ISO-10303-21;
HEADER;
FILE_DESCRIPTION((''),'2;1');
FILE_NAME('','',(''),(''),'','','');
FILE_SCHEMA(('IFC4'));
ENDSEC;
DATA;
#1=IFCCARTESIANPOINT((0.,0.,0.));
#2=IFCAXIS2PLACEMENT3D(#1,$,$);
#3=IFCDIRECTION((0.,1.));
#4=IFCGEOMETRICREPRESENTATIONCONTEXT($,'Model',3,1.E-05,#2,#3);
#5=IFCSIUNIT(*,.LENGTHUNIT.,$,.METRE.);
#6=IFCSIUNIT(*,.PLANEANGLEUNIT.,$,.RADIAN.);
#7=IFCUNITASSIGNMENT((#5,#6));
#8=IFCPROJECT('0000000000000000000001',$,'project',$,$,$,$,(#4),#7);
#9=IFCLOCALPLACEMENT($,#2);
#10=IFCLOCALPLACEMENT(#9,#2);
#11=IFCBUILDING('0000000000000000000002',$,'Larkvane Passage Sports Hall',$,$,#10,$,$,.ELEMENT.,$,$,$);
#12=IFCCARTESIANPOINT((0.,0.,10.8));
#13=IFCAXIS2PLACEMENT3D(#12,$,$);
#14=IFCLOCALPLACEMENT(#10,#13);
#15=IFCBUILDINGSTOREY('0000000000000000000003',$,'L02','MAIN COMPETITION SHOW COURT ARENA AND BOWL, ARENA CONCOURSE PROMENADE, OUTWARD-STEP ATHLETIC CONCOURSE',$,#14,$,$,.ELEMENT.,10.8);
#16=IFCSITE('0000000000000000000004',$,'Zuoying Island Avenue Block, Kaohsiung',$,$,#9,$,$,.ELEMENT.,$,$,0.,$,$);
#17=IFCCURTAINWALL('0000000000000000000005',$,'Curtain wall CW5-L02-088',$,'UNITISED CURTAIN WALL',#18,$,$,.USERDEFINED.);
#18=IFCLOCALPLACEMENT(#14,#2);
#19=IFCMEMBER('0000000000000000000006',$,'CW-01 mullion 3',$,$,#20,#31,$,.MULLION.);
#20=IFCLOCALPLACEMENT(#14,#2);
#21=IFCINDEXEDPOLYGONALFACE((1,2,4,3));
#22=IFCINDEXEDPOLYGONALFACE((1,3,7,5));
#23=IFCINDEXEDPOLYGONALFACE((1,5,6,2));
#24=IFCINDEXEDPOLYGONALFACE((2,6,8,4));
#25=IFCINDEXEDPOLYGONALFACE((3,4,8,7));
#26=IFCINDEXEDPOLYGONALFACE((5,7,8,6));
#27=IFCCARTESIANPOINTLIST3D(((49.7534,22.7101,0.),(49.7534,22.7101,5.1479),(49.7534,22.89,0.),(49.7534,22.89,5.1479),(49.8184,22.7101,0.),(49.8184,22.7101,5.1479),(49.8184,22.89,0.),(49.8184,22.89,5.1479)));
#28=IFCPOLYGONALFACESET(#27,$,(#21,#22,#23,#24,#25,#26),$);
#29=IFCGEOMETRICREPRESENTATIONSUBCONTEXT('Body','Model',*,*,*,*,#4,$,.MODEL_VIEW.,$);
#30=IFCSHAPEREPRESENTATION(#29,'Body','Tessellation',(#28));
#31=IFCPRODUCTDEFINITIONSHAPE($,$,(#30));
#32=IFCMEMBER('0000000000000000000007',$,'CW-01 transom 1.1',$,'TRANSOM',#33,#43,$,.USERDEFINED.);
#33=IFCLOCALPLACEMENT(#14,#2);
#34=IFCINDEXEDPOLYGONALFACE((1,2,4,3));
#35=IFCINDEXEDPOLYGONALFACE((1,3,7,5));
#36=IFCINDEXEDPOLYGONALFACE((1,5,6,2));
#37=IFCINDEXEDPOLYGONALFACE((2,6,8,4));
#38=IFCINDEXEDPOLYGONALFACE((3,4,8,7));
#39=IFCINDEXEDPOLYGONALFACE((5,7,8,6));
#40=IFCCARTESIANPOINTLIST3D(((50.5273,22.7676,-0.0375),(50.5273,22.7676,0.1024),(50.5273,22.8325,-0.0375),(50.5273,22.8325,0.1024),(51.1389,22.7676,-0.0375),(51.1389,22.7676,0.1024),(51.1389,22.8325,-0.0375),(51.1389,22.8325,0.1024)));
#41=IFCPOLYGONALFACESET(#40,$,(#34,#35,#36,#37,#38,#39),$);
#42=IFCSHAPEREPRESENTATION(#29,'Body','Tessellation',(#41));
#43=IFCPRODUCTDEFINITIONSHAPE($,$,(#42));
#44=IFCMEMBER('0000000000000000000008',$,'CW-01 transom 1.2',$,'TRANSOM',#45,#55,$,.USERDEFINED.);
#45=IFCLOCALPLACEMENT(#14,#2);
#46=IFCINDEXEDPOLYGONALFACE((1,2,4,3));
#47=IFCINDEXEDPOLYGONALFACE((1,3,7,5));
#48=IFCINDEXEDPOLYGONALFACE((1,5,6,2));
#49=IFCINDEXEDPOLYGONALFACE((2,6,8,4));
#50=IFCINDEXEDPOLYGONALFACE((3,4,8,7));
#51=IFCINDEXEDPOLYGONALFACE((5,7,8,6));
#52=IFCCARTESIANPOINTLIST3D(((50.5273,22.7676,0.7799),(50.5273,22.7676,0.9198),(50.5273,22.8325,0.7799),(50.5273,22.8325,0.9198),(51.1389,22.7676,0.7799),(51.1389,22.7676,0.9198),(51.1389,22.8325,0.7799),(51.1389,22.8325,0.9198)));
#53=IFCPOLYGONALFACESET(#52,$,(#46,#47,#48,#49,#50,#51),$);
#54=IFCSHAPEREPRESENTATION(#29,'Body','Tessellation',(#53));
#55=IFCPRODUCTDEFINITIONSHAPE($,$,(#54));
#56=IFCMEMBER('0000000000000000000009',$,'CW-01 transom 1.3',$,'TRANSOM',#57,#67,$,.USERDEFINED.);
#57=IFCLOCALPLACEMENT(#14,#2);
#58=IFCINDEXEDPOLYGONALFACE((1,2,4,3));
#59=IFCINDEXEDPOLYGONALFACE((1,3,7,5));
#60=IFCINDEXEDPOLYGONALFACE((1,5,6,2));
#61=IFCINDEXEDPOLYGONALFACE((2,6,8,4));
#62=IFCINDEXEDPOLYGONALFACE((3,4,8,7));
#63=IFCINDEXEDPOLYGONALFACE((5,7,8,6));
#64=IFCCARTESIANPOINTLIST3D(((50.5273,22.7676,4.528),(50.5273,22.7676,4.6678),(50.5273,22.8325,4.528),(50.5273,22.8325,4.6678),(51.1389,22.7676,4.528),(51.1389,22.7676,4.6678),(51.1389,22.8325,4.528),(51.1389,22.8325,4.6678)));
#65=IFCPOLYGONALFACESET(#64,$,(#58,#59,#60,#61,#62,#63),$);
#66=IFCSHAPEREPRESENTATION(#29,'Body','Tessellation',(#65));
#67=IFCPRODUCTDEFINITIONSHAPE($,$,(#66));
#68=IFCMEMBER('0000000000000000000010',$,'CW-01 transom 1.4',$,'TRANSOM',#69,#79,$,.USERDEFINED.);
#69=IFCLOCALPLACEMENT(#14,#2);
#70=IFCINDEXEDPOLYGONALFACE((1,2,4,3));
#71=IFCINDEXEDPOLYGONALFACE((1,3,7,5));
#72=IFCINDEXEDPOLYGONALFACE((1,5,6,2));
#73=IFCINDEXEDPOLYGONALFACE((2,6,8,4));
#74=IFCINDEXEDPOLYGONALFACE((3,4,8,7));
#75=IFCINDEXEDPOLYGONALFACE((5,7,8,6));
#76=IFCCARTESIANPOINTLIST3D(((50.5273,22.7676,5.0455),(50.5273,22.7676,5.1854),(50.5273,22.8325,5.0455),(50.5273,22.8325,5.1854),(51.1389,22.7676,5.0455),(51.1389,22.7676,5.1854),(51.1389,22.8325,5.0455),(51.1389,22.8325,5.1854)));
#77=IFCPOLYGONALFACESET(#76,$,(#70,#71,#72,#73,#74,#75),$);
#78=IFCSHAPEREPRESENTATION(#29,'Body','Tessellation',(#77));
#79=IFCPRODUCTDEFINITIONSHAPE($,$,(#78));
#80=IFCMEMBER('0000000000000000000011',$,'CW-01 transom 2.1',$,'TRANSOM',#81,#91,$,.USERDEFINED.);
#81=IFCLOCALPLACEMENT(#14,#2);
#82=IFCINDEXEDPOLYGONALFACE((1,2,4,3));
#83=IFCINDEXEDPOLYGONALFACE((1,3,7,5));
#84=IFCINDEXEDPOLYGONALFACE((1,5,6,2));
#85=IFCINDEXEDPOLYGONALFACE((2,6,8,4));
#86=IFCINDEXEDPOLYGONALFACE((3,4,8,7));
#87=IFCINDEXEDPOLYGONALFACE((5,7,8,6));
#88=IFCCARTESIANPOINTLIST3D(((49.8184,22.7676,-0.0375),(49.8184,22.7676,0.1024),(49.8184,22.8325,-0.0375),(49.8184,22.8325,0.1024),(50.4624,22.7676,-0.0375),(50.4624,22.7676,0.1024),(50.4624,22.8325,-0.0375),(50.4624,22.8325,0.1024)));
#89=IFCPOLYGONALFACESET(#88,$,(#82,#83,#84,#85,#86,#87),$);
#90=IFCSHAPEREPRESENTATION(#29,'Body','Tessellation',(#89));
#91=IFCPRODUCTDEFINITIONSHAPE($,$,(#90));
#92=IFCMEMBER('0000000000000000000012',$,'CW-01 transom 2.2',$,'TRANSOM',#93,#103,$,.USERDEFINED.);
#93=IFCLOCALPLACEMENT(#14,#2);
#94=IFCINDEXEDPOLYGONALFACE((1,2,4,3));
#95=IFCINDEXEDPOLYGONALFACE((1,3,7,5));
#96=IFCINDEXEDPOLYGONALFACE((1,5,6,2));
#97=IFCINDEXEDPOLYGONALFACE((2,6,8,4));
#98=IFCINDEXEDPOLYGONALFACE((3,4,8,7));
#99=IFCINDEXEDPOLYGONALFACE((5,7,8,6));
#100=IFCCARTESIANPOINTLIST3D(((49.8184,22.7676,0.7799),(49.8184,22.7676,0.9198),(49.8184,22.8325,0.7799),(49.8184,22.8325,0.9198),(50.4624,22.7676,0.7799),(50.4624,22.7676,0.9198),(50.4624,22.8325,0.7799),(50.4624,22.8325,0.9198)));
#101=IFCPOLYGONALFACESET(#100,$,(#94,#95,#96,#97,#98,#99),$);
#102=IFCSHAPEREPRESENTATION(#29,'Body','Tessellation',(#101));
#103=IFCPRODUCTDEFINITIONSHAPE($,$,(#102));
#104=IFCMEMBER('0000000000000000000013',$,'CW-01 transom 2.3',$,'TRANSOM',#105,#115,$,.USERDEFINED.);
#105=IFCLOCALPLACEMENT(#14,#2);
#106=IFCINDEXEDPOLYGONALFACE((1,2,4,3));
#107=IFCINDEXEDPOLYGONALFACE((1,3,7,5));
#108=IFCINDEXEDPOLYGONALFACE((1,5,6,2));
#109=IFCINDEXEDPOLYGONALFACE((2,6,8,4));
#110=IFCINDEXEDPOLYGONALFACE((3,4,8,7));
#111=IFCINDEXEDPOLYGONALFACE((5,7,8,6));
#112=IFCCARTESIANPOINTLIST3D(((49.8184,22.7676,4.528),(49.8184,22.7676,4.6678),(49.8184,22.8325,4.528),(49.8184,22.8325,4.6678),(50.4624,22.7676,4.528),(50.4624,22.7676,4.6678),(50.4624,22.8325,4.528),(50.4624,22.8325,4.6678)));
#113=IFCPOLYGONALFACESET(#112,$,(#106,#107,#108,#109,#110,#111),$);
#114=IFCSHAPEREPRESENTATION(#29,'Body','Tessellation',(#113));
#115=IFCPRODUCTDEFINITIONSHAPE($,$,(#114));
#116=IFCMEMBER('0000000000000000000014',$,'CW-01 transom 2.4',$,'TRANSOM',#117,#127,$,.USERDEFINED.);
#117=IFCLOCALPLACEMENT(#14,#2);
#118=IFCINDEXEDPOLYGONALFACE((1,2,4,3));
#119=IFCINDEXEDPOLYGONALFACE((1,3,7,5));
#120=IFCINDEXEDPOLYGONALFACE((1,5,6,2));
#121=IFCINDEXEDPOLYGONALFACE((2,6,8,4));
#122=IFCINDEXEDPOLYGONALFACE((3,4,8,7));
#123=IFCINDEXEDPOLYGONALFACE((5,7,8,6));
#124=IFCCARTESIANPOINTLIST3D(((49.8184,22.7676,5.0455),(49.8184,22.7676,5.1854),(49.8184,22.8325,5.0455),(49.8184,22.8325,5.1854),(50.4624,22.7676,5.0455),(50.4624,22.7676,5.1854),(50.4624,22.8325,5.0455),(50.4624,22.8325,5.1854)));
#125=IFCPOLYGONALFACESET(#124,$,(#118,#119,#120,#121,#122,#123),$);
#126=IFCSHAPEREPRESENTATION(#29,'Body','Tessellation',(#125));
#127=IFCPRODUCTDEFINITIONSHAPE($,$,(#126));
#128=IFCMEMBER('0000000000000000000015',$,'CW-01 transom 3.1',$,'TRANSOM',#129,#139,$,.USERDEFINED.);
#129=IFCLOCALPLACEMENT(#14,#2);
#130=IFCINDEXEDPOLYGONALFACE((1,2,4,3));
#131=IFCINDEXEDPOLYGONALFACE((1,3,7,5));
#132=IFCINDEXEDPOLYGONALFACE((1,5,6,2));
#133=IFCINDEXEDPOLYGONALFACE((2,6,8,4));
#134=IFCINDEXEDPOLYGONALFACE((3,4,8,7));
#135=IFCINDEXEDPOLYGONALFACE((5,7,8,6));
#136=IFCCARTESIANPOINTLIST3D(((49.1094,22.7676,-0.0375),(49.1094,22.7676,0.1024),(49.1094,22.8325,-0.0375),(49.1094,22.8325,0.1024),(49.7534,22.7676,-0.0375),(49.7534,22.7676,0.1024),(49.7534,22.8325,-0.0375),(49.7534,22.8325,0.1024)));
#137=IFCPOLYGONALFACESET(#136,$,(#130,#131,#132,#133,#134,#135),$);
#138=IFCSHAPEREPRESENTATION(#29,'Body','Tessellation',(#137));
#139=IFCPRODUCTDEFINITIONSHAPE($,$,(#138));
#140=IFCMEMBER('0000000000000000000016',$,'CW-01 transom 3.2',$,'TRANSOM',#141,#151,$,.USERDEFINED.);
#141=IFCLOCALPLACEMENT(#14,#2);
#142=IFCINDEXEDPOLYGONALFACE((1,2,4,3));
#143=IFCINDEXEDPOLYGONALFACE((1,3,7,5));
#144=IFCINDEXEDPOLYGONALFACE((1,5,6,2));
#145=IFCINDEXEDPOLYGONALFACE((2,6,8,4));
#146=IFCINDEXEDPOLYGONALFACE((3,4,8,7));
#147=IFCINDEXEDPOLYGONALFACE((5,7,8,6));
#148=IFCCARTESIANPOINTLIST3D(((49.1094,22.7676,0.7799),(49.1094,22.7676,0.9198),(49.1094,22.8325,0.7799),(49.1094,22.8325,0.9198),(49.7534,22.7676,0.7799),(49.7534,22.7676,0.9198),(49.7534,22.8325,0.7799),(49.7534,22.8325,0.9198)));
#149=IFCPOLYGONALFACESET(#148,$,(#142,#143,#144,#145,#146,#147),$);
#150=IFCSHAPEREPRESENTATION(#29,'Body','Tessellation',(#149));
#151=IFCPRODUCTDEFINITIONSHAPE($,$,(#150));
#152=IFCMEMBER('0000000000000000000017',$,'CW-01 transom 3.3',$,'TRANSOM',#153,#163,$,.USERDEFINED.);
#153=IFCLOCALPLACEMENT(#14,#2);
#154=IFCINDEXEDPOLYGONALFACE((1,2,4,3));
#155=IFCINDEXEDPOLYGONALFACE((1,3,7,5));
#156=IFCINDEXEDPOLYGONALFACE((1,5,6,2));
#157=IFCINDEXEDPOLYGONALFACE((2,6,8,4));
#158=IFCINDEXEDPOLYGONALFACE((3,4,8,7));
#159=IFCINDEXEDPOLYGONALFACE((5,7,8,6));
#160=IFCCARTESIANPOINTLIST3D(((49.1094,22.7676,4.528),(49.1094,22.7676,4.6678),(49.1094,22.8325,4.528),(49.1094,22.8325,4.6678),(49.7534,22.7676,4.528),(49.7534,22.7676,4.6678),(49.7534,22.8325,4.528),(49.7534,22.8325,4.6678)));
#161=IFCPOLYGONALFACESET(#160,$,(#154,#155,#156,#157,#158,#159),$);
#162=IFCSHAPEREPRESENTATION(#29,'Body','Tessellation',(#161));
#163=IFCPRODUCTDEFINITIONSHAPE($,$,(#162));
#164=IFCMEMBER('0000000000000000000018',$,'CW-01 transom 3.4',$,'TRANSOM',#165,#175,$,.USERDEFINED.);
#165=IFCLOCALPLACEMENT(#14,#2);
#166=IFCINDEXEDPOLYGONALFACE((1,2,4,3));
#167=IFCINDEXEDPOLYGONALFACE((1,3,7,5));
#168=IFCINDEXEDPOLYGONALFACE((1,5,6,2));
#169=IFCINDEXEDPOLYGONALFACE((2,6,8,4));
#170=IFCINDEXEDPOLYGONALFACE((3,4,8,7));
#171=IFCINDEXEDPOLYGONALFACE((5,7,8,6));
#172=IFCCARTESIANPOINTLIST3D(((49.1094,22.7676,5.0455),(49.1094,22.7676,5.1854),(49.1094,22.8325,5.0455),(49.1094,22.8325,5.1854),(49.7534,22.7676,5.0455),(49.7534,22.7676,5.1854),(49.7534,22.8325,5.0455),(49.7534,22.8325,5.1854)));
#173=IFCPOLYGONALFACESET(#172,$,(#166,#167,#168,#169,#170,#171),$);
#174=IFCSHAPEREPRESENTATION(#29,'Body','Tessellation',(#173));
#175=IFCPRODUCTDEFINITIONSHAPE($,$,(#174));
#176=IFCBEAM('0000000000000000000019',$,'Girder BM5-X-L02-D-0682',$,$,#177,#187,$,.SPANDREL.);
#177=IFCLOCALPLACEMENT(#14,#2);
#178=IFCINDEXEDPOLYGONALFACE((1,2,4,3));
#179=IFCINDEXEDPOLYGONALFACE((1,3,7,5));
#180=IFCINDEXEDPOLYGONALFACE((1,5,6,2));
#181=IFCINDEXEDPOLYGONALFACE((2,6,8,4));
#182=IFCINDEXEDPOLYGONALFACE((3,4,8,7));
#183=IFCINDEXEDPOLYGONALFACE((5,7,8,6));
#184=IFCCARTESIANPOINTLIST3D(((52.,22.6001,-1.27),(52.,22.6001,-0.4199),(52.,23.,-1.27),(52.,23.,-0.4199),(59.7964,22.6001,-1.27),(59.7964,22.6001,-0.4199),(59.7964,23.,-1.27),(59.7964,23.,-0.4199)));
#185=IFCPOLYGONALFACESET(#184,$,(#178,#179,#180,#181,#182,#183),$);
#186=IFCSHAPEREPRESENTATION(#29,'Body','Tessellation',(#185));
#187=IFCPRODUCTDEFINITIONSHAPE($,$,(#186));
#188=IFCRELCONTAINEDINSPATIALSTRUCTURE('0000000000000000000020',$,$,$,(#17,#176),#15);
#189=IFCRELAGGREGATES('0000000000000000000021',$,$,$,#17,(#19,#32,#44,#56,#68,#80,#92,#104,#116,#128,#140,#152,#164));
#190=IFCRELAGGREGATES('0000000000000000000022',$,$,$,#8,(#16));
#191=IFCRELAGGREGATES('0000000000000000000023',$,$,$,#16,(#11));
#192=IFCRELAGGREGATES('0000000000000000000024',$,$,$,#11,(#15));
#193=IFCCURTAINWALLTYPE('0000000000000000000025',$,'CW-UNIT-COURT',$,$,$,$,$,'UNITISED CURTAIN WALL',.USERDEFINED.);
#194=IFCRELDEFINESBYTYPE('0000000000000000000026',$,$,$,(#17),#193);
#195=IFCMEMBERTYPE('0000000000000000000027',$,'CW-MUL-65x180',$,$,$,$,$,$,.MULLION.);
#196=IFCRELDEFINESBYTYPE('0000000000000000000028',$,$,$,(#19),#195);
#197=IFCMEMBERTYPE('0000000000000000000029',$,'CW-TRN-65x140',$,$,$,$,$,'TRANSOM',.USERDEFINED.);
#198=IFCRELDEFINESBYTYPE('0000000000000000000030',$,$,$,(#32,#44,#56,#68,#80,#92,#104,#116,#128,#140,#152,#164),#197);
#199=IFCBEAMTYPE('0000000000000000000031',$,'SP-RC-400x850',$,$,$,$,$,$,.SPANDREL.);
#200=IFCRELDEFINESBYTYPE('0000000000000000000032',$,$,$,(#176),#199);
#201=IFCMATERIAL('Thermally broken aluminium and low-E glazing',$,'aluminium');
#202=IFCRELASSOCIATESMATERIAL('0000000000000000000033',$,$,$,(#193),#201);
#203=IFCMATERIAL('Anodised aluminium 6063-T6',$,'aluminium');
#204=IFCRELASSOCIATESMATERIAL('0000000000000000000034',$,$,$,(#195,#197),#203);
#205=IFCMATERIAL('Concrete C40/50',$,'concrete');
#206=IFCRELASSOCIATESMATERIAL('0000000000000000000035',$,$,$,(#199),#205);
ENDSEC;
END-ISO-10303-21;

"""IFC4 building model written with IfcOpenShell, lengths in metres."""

from ifc_helpers import new_model, si_unit, direction, frame, origin, origin_2d, place, context, subcontext, project, spatial, rectangle, extrude, material, material_profile, profile_set, type_object, element, aggregate, save


model = new_model("IFC4")

# Units and contexts
model_context = context("Model", 3, precision=1e-05, world=origin(), true_north=direction((0.0, 1.0)))
body_context = subcontext(model_context, "Body", "Model", "MODEL_VIEW")
ifc_project = project(units=[si_unit("LENGTHUNIT", "METRE"), si_unit("PLANEANGLEUNIT", "RADIAN")], contexts=[model_context])

# Site, building, storey
site_placement = place(None, origin())
site = spatial("IfcSite", under=ifc_project, at=site_placement, Name="Zuoying Island Avenue Block, Kaohsiung", CompositionType="ELEMENT", RefElevation=0.0)
building_placement = place(site_placement, origin())
building = spatial("IfcBuilding", under=site, at=building_placement, Name="Larkvane Passage Sports Hall", CompositionType="ELEMENT")
storey_placement = place(building_placement, frame((0.0, 0.0, 10.8)))
storey = spatial("IfcBuildingStorey", under=building, at=storey_placement, Name="L02", Description="MAIN COMPETITION SHOW COURT ARENA AND BOWL, ARENA CONCOURSE PROMENADE, OUTWARD-STEP ATHLETIC CONCOURSE", CompositionType="ELEMENT", Elevation=10.8)

# Curtain wall, members
ifc_material_1 = material(Name="Thermally broken aluminium and low-E glazing", Category="aluminium")
curtain_wall_type = type_object("IfcCurtainWallType", Name="CW-UNIT-COURT", ElementType="UNITISED CURTAIN WALL", PredefinedType="USERDEFINED", material=ifc_material_1)
curtain_wall_placement = place(storey_placement, origin())
curtain_wall = element("IfcCurtainWall", 1, at=curtain_wall_placement, inside=storey, type_object=curtain_wall_type, Name="Curtain wall CW5-L02-088", ObjectType="UNITISED CURTAIN WALL", PredefinedType="USERDEFINED")
ifc_material_2 = material(Name="Anodised aluminium 6063-T6", Category="aluminium")
ifc_material_profile_1 = material_profile(ifc_material_2, rectangle(XDim=0.0649, YDim=0.1799, at=origin_2d()), Name="ALU-MUL-65x180")
ifc_profile_set_1 = profile_set([ifc_material_profile_1], Name="Anodised aluminium 6063-T6")
member_type_1 = type_object("IfcMemberType", Name="CW-MUL-65x180", PredefinedType="MULLION", material=ifc_profile_set_1)
member_1_placement = place(storey_placement, frame((49.7859, 22.8, 0.0), z_axis=(0.0, 0.0, 1.0), x_axis=(-1.0, 0.0, 0.0)))
member_1 = element("IfcMember", 2, at=member_1_placement, type_object=member_type_1, Name="CW-01 mullion 3", PredefinedType="MULLION", context=body_context, shape_type="SweptSolid", body=[
    extrude(rectangle(XDim=0.0649, YDim=0.1799, at=origin_2d()), origin(), (0.0, 0.0, 1.0), 5.1479),
])
ifc_material_profile_2 = material_profile(ifc_material_2, rectangle(XDim=0.0649, YDim=0.1399, at=origin_2d()), Name="ALU-TRN-65x140")
ifc_profile_set_2 = profile_set([ifc_material_profile_2], Name="Anodised aluminium 6063-T6")
member_type_2 = type_object("IfcMemberType", Name="CW-TRN-65x140", ElementType="TRANSOM", PredefinedType="USERDEFINED", material=ifc_profile_set_2)
member_2_placement = place(storey_placement, frame((51.1389, 22.8, 0.0325), z_axis=(-1.0, 0.0, 0.0), x_axis=(0.0, -1.0, 0.0)))
member_2 = element("IfcMember", 3, at=member_2_placement, type_object=member_type_2, Name="CW-01 transom 1.1", ObjectType="TRANSOM", PredefinedType="USERDEFINED", context=body_context, shape_type="SweptSolid", body=[
    extrude(rectangle(XDim=0.0649, YDim=0.1399, at=origin_2d()), origin(), (0.0, 0.0, 1.0), 0.6116),
])
member_3_placement = place(storey_placement, frame((51.1389, 22.8, 0.8499), z_axis=(-1.0, 0.0, 0.0), x_axis=(0.0, -1.0, 0.0)))
member_3 = element("IfcMember", 4, at=member_3_placement, type_object=member_type_2, Name="CW-01 transom 1.2", ObjectType="TRANSOM", PredefinedType="USERDEFINED", context=body_context, shape_type="SweptSolid", body=[
    extrude(rectangle(XDim=0.0649, YDim=0.1399, at=origin_2d()), origin(), (0.0, 0.0, 1.0), 0.6116),
])
member_4_placement = place(storey_placement, frame((51.1389, 22.8, 4.5979), z_axis=(-1.0, 0.0, 0.0), x_axis=(0.0, -1.0, 0.0)))
member_4 = element("IfcMember", 5, at=member_4_placement, type_object=member_type_2, Name="CW-01 transom 1.3", ObjectType="TRANSOM", PredefinedType="USERDEFINED", context=body_context, shape_type="SweptSolid", body=[
    extrude(rectangle(XDim=0.0649, YDim=0.1399, at=origin_2d()), origin(), (0.0, 0.0, 1.0), 0.6116),
])
member_5_placement = place(storey_placement, frame((51.1389, 22.8, 5.1155), z_axis=(-1.0, 0.0, 0.0), x_axis=(0.0, -1.0, 0.0)))
member_5 = element("IfcMember", 6, at=member_5_placement, type_object=member_type_2, Name="CW-01 transom 1.4", ObjectType="TRANSOM", PredefinedType="USERDEFINED", context=body_context, shape_type="SweptSolid", body=[
    extrude(rectangle(XDim=0.0649, YDim=0.1399, at=origin_2d()), origin(), (0.0, 0.0, 1.0), 0.6116),
])
member_6_placement = place(storey_placement, frame((50.4624, 22.8, 0.0325), z_axis=(-1.0, 0.0, 0.0), x_axis=(0.0, -1.0, 0.0)))
member_6 = element("IfcMember", 7, at=member_6_placement, type_object=member_type_2, Name="CW-01 transom 2.1", ObjectType="TRANSOM", PredefinedType="USERDEFINED", context=body_context, shape_type="SweptSolid", body=[
    extrude(rectangle(XDim=0.0649, YDim=0.1399, at=origin_2d()), origin(), (0.0, 0.0, 1.0), 0.644),
])
member_7_placement = place(storey_placement, frame((50.4624, 22.8, 0.8499), z_axis=(-1.0, 0.0, 0.0), x_axis=(0.0, -1.0, 0.0)))
member_7 = element("IfcMember", 8, at=member_7_placement, type_object=member_type_2, Name="CW-01 transom 2.2", ObjectType="TRANSOM", PredefinedType="USERDEFINED", context=body_context, shape_type="SweptSolid", body=[
    extrude(rectangle(XDim=0.0649, YDim=0.1399, at=origin_2d()), origin(), (0.0, 0.0, 1.0), 0.644),
])
member_8_placement = place(storey_placement, frame((50.4624, 22.8, 4.5979), z_axis=(-1.0, 0.0, 0.0), x_axis=(0.0, -1.0, 0.0)))
member_8 = element("IfcMember", 9, at=member_8_placement, type_object=member_type_2, Name="CW-01 transom 2.3", ObjectType="TRANSOM", PredefinedType="USERDEFINED", context=body_context, shape_type="SweptSolid", body=[
    extrude(rectangle(XDim=0.0649, YDim=0.1399, at=origin_2d()), origin(), (0.0, 0.0, 1.0), 0.644),
])
member_9_placement = place(storey_placement, frame((50.4624, 22.8, 5.1155), z_axis=(-1.0, 0.0, 0.0), x_axis=(0.0, -1.0, 0.0)))
member_9 = element("IfcMember", 10, at=member_9_placement, type_object=member_type_2, Name="CW-01 transom 2.4", ObjectType="TRANSOM", PredefinedType="USERDEFINED", context=body_context, shape_type="SweptSolid", body=[
    extrude(rectangle(XDim=0.0649, YDim=0.1399, at=origin_2d()), origin(), (0.0, 0.0, 1.0), 0.644),
])
member_10_placement = place(storey_placement, frame((49.7534, 22.8, 0.0325), z_axis=(-1.0, 0.0, 0.0), x_axis=(0.0, -1.0, 0.0)))
member_10 = element("IfcMember", 11, at=member_10_placement, type_object=member_type_2, Name="CW-01 transom 3.1", ObjectType="TRANSOM", PredefinedType="USERDEFINED", context=body_context, shape_type="SweptSolid", body=[
    extrude(rectangle(XDim=0.0649, YDim=0.1399, at=origin_2d()), origin(), (0.0, 0.0, 1.0), 0.644),
])
member_11_placement = place(storey_placement, frame((49.7534, 22.8, 0.8499), z_axis=(-1.0, 0.0, 0.0), x_axis=(0.0, -1.0, 0.0)))
member_11 = element("IfcMember", 12, at=member_11_placement, type_object=member_type_2, Name="CW-01 transom 3.2", ObjectType="TRANSOM", PredefinedType="USERDEFINED", context=body_context, shape_type="SweptSolid", body=[
    extrude(rectangle(XDim=0.0649, YDim=0.1399, at=origin_2d()), origin(), (0.0, 0.0, 1.0), 0.644),
])
member_12_placement = place(storey_placement, frame((49.7534, 22.8, 4.5979), z_axis=(-1.0, 0.0, 0.0), x_axis=(0.0, -1.0, 0.0)))
member_12 = element("IfcMember", 13, at=member_12_placement, type_object=member_type_2, Name="CW-01 transom 3.3", ObjectType="TRANSOM", PredefinedType="USERDEFINED", context=body_context, shape_type="SweptSolid", body=[
    extrude(rectangle(XDim=0.0649, YDim=0.1399, at=origin_2d()), origin(), (0.0, 0.0, 1.0), 0.644),
])
member_13_placement = place(storey_placement, frame((49.7534, 22.8, 5.1155), z_axis=(-1.0, 0.0, 0.0), x_axis=(0.0, -1.0, 0.0)))
member_13 = element("IfcMember", 14, at=member_13_placement, type_object=member_type_2, Name="CW-01 transom 3.4", ObjectType="TRANSOM", PredefinedType="USERDEFINED", context=body_context, shape_type="SweptSolid", body=[
    extrude(rectangle(XDim=0.0649, YDim=0.1399, at=origin_2d()), origin(), (0.0, 0.0, 1.0), 0.644),
])

# Beam
ifc_material_3 = material(Name="Concrete C40/50", Category="concrete")
ifc_material_profile_3 = material_profile(ifc_material_3, rectangle(XDim=0.3999, YDim=0.8501, at=origin_2d()), Name="RC-SP-400x850")
ifc_profile_set_3 = profile_set([ifc_material_profile_3], Name="Concrete C40/50")
beam_type_1 = type_object("IfcBeamType", Name="SP-RC-400x850", PredefinedType="SPANDREL", material=ifc_profile_set_3)
beam_1_placement = place(storey_placement, frame((52.0, 22.8, -0.845), z_axis=(1.0, 0.0, 0.0), x_axis=(0.0, 1.0, 0.0)))
element("IfcBeam", 15, at=beam_1_placement, inside=storey, type_object=beam_type_1, Name="Girder BM5-X-L02-D-0682", PredefinedType="SPANDREL", context=body_context, shape_type="SweptSolid", body=[
    extrude(rectangle(XDim=0.3999, YDim=0.8501, at=origin_2d()), origin(), (0.0, 0.0, 1.0), 7.7964),
])

aggregate(curtain_wall, [member_1, member_2, member_3, member_4, member_5, member_6, member_7, member_8, member_9, member_10, member_11, member_12, member_13])

save(model, "model.ifc")
